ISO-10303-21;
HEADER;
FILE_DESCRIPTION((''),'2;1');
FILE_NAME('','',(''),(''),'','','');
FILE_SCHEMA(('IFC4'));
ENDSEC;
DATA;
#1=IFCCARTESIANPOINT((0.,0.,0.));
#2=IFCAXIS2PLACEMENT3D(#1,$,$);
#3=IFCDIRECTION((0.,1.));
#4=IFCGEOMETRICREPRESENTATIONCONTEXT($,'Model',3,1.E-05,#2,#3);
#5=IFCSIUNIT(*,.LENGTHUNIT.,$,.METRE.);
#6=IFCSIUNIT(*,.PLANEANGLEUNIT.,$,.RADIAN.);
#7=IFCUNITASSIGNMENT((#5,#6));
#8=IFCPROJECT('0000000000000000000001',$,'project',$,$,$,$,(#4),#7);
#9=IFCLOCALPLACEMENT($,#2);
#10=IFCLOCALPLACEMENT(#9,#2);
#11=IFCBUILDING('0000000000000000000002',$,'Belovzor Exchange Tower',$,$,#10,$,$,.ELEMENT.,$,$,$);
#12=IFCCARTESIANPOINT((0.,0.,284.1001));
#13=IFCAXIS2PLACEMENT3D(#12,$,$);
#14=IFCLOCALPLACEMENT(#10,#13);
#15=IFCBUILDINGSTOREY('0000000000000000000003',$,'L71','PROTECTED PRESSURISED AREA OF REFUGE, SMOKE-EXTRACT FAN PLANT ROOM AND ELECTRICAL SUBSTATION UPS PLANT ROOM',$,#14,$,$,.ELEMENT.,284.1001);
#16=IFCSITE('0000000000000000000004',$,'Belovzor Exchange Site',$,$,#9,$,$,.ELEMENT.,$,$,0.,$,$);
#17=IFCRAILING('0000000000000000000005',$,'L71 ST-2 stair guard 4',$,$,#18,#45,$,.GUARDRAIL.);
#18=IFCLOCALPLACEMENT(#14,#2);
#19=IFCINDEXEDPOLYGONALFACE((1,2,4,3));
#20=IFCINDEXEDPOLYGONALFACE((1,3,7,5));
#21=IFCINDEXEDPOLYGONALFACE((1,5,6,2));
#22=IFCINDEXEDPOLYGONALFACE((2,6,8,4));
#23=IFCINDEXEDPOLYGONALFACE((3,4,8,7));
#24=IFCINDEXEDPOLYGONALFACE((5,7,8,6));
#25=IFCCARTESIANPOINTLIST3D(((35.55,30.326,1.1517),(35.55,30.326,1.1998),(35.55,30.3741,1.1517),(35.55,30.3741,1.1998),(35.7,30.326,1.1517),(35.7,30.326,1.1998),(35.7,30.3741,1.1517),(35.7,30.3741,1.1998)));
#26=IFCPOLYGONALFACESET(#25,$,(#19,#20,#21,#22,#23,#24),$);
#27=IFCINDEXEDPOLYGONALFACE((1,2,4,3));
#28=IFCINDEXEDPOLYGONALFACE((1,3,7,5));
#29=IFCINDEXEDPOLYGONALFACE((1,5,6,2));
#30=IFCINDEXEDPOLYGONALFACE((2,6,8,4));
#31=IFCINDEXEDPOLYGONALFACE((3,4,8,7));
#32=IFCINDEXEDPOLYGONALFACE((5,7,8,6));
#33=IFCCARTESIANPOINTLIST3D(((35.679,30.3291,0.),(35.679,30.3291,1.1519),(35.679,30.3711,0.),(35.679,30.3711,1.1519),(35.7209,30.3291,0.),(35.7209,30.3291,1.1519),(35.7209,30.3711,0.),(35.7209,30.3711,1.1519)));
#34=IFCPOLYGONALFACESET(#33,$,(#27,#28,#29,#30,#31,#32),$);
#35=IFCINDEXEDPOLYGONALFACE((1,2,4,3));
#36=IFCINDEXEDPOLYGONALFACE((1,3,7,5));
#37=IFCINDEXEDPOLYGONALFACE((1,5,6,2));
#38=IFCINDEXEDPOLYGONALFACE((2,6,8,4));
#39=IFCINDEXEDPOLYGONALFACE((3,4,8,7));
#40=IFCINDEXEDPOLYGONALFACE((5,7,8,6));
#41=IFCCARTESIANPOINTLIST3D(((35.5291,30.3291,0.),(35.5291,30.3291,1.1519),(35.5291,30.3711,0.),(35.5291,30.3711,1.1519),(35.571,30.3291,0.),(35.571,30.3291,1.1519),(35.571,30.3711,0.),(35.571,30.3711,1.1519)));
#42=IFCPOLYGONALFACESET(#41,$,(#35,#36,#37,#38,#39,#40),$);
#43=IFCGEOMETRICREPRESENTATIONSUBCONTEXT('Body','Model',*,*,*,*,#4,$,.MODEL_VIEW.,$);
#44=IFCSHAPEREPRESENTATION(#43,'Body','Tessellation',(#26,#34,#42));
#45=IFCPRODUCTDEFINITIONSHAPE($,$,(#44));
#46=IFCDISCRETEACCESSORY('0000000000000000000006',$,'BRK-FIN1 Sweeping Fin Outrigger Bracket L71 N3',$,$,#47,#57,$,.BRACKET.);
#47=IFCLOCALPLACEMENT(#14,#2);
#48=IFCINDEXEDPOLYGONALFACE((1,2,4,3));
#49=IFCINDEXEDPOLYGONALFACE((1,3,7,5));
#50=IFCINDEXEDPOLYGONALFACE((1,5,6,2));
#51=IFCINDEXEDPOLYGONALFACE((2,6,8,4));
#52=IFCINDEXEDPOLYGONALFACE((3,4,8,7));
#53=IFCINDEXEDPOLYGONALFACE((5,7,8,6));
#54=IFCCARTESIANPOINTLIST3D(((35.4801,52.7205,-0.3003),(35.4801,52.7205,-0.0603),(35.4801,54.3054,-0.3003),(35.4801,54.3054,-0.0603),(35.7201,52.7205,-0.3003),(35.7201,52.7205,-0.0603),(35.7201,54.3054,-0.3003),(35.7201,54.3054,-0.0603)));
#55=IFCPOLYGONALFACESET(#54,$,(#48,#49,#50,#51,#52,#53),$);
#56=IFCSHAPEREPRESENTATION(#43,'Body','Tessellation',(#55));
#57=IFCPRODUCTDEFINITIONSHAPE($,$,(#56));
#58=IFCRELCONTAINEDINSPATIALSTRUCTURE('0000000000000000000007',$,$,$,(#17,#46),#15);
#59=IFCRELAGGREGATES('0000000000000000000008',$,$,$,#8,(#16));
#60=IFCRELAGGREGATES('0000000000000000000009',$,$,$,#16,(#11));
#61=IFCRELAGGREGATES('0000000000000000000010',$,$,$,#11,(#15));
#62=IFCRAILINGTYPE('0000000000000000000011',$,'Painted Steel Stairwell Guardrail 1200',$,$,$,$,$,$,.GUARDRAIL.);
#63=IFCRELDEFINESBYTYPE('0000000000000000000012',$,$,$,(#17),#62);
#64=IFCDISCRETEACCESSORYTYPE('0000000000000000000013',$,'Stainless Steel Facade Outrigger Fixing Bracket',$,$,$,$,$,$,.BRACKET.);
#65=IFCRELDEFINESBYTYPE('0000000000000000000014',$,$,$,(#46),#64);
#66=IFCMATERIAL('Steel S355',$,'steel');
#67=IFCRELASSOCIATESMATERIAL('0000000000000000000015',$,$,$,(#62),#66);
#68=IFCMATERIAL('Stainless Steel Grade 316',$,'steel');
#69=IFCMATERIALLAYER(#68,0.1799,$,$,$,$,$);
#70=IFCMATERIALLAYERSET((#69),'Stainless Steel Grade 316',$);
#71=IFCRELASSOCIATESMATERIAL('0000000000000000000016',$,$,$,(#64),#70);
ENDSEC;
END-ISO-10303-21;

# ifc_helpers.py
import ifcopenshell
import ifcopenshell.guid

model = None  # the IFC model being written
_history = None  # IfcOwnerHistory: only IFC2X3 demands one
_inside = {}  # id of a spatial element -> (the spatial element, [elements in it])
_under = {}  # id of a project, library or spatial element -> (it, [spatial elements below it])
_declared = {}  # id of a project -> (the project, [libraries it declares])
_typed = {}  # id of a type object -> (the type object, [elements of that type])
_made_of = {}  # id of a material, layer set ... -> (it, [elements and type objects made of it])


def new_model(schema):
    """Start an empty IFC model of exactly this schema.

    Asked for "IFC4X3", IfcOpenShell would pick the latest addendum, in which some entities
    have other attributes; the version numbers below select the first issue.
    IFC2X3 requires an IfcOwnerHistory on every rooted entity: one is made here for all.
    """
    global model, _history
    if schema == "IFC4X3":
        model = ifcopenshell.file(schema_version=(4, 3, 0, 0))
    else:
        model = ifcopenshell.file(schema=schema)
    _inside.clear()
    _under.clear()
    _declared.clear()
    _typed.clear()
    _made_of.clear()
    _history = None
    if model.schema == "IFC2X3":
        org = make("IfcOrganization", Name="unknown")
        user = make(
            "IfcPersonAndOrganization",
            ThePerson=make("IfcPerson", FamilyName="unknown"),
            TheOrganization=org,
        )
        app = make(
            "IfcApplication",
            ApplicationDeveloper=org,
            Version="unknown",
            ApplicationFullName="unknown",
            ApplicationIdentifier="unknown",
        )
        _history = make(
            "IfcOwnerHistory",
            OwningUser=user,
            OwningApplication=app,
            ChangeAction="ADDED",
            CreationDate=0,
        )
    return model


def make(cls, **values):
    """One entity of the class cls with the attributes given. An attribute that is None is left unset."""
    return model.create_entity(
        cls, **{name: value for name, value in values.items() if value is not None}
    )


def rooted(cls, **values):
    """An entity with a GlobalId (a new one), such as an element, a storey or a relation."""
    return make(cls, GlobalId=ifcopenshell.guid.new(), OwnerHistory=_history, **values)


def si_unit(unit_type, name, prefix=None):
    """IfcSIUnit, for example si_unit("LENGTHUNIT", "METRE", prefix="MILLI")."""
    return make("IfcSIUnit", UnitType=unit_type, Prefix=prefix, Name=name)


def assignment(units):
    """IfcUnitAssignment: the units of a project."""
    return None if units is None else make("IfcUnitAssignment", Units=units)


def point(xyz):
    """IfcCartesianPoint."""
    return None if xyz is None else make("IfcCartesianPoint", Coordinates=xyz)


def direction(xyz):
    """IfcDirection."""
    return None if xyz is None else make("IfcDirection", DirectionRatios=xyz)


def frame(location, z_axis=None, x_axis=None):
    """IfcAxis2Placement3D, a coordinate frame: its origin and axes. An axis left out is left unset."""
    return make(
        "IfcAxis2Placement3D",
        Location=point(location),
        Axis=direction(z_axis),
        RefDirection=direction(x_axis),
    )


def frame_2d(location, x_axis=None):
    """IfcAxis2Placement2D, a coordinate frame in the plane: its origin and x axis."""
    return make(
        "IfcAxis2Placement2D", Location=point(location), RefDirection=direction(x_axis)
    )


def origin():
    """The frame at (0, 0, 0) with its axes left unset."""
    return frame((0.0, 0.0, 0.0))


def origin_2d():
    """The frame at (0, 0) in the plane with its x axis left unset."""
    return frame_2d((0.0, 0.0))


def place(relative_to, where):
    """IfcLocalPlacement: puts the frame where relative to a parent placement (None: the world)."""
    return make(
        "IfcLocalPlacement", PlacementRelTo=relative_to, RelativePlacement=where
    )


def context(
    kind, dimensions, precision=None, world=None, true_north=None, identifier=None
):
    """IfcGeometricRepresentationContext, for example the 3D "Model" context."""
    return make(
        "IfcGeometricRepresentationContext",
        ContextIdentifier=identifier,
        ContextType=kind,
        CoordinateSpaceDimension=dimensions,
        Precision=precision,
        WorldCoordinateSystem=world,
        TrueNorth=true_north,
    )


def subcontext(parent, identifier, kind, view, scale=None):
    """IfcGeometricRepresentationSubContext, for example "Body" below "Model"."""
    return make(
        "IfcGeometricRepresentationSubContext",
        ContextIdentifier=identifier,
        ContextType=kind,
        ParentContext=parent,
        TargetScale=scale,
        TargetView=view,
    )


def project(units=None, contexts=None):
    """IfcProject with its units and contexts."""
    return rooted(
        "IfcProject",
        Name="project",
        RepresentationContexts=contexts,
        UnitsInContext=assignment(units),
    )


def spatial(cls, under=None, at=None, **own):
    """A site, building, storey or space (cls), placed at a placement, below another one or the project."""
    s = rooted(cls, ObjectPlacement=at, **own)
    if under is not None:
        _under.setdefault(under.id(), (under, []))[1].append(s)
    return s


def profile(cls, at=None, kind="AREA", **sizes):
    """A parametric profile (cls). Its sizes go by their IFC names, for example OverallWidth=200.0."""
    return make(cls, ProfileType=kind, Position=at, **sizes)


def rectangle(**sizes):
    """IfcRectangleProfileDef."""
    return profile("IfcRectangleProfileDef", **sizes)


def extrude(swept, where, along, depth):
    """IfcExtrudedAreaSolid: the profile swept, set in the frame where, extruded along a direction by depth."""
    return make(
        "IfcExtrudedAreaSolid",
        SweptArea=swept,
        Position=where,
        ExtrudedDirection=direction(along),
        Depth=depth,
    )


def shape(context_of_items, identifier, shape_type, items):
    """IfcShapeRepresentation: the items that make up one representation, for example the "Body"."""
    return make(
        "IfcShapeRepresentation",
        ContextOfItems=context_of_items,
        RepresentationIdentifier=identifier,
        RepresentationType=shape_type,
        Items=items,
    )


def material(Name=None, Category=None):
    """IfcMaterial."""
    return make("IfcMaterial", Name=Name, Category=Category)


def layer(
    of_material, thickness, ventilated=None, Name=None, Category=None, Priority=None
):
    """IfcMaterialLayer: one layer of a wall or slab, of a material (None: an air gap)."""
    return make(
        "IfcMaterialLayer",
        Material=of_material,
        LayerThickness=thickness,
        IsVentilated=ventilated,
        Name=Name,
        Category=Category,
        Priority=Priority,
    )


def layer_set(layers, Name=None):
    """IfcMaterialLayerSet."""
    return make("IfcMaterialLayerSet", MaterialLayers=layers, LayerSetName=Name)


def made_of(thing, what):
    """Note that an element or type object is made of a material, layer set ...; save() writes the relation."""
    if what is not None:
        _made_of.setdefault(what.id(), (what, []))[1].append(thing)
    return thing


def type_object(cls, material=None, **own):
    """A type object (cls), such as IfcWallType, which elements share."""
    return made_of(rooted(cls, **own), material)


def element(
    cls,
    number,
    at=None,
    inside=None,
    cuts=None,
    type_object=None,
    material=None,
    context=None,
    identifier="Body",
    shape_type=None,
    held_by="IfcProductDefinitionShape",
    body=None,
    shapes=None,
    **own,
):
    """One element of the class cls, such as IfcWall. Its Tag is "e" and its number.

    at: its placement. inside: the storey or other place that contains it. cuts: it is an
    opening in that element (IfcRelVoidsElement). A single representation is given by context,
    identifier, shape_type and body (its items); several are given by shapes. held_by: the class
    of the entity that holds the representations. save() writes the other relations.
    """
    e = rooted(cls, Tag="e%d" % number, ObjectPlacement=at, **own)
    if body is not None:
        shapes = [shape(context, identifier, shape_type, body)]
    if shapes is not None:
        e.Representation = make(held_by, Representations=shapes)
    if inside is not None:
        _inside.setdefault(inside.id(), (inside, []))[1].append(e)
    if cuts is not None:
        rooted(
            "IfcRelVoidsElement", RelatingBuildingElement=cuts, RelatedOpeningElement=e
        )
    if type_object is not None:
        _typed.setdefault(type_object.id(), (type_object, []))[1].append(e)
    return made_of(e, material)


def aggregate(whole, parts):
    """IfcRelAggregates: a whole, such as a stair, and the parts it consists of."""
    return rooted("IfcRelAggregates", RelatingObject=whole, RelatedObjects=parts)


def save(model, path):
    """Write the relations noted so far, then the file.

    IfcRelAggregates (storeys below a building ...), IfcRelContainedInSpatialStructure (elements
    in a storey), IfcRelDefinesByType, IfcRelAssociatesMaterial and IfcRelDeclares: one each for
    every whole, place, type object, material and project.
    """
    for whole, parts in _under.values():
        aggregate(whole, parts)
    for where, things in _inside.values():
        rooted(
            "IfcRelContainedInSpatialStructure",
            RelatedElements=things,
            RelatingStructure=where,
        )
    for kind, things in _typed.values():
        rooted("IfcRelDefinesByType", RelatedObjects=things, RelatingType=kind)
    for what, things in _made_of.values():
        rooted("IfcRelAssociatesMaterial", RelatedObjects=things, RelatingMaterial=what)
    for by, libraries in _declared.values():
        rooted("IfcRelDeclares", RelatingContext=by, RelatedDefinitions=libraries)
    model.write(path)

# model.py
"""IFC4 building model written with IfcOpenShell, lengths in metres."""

from ifc_helpers import new_model, si_unit, direction, frame, origin, origin_2d, place, context, subcontext, project, spatial, rectangle, extrude, material, layer, layer_set, type_object, element, save


model = new_model("IFC4")

# Units and contexts
model_context = context("Model", 3, precision=1e-05, world=origin(), true_north=direction((0.0, 1.0)))
body_context = subcontext(model_context, "Body", "Model", "MODEL_VIEW")
ifc_project = project(units=[si_unit("LENGTHUNIT", "METRE"), si_unit("PLANEANGLEUNIT", "RADIAN")], contexts=[model_context])

# Site, building, storey
site_placement = place(None, origin())
site = spatial("IfcSite", under=ifc_project, at=site_placement, Name="Belovzor Exchange Site", CompositionType="ELEMENT", RefElevation=0.0)
building_placement = place(site_placement, origin())
building = spatial("IfcBuilding", under=site, at=building_placement, Name="Belovzor Exchange Tower", CompositionType="ELEMENT")
storey_placement = place(building_placement, frame((0.0, 0.0, 284.1001)))
storey = spatial("IfcBuildingStorey", under=building, at=storey_placement, Name="L71", Description="PROTECTED PRESSURISED AREA OF REFUGE, SMOKE-EXTRACT FAN PLANT ROOM AND ELECTRICAL SUBSTATION UPS PLANT ROOM", CompositionType="ELEMENT", Elevation=284.1001)

# Railing
ifc_material_1 = material(Name="Steel S355", Category="steel")
railing_type_1 = type_object("IfcRailingType", Name="Painted Steel Stairwell Guardrail 1200", PredefinedType="GUARDRAIL", material=ifc_material_1)
railing_1_placement = place(storey_placement, frame((35.7, 30.3501, 0.0)))
element("IfcRailing", 1, at=railing_1_placement, inside=storey, type_object=railing_type_1, Name="L71 ST-2 stair guard 4", PredefinedType="GUARDRAIL", context=body_context, shape_type="SweptSolid", body=[
    extrude(rectangle(XDim=0.0481, YDim=0.0481, at=origin_2d()), frame((0.0, 0.0, 1.1758), z_axis=(-1.0, 0.0, 0.0), x_axis=(0.0, -1.0, 0.0)), (0.0, 0.0, 1.0), 0.1499),
    extrude(rectangle(XDim=0.042, YDim=0.042, at=origin_2d()), origin(), (0.0, 0.0, 1.0), 1.1519),
    extrude(rectangle(XDim=0.042, YDim=0.042, at=origin_2d()), frame((-0.1499, 0.0, 0.0)), (0.0, 0.0, 1.0), 1.1519),
])

# Discrete accessory
ifc_material_2 = material(Name="Stainless Steel Grade 316", Category="steel")
ifc_layer_1 = layer(ifc_material_2, 0.1799)
ifc_layer_set_1 = layer_set([ifc_layer_1], Name="Stainless Steel Grade 316")
discrete_accessory_type = type_object("IfcDiscreteAccessoryType", Name="Stainless Steel Facade Outrigger Fixing Bracket", PredefinedType="BRACKET", material=ifc_layer_set_1)
discrete_accessory_placement = place(storey_placement, frame((35.6001, 53.5129, -0.3003), z_axis=(0.0, 0.0, 1.0), x_axis=(0.0, 1.0, 0.0)))
element("IfcDiscreteAccessory", 2, at=discrete_accessory_placement, inside=storey, type_object=discrete_accessory_type, Name="BRK-FIN1 Sweeping Fin Outrigger Bracket L71 N3", PredefinedType="BRACKET", context=body_context, shape_type="SweptSolid", body=[
    extrude(rectangle(XDim=1.585, YDim=0.24, at=origin_2d()), origin(), (0.0, 0.0, 1.0), 0.24),
])

save(model, "model.ifc")
